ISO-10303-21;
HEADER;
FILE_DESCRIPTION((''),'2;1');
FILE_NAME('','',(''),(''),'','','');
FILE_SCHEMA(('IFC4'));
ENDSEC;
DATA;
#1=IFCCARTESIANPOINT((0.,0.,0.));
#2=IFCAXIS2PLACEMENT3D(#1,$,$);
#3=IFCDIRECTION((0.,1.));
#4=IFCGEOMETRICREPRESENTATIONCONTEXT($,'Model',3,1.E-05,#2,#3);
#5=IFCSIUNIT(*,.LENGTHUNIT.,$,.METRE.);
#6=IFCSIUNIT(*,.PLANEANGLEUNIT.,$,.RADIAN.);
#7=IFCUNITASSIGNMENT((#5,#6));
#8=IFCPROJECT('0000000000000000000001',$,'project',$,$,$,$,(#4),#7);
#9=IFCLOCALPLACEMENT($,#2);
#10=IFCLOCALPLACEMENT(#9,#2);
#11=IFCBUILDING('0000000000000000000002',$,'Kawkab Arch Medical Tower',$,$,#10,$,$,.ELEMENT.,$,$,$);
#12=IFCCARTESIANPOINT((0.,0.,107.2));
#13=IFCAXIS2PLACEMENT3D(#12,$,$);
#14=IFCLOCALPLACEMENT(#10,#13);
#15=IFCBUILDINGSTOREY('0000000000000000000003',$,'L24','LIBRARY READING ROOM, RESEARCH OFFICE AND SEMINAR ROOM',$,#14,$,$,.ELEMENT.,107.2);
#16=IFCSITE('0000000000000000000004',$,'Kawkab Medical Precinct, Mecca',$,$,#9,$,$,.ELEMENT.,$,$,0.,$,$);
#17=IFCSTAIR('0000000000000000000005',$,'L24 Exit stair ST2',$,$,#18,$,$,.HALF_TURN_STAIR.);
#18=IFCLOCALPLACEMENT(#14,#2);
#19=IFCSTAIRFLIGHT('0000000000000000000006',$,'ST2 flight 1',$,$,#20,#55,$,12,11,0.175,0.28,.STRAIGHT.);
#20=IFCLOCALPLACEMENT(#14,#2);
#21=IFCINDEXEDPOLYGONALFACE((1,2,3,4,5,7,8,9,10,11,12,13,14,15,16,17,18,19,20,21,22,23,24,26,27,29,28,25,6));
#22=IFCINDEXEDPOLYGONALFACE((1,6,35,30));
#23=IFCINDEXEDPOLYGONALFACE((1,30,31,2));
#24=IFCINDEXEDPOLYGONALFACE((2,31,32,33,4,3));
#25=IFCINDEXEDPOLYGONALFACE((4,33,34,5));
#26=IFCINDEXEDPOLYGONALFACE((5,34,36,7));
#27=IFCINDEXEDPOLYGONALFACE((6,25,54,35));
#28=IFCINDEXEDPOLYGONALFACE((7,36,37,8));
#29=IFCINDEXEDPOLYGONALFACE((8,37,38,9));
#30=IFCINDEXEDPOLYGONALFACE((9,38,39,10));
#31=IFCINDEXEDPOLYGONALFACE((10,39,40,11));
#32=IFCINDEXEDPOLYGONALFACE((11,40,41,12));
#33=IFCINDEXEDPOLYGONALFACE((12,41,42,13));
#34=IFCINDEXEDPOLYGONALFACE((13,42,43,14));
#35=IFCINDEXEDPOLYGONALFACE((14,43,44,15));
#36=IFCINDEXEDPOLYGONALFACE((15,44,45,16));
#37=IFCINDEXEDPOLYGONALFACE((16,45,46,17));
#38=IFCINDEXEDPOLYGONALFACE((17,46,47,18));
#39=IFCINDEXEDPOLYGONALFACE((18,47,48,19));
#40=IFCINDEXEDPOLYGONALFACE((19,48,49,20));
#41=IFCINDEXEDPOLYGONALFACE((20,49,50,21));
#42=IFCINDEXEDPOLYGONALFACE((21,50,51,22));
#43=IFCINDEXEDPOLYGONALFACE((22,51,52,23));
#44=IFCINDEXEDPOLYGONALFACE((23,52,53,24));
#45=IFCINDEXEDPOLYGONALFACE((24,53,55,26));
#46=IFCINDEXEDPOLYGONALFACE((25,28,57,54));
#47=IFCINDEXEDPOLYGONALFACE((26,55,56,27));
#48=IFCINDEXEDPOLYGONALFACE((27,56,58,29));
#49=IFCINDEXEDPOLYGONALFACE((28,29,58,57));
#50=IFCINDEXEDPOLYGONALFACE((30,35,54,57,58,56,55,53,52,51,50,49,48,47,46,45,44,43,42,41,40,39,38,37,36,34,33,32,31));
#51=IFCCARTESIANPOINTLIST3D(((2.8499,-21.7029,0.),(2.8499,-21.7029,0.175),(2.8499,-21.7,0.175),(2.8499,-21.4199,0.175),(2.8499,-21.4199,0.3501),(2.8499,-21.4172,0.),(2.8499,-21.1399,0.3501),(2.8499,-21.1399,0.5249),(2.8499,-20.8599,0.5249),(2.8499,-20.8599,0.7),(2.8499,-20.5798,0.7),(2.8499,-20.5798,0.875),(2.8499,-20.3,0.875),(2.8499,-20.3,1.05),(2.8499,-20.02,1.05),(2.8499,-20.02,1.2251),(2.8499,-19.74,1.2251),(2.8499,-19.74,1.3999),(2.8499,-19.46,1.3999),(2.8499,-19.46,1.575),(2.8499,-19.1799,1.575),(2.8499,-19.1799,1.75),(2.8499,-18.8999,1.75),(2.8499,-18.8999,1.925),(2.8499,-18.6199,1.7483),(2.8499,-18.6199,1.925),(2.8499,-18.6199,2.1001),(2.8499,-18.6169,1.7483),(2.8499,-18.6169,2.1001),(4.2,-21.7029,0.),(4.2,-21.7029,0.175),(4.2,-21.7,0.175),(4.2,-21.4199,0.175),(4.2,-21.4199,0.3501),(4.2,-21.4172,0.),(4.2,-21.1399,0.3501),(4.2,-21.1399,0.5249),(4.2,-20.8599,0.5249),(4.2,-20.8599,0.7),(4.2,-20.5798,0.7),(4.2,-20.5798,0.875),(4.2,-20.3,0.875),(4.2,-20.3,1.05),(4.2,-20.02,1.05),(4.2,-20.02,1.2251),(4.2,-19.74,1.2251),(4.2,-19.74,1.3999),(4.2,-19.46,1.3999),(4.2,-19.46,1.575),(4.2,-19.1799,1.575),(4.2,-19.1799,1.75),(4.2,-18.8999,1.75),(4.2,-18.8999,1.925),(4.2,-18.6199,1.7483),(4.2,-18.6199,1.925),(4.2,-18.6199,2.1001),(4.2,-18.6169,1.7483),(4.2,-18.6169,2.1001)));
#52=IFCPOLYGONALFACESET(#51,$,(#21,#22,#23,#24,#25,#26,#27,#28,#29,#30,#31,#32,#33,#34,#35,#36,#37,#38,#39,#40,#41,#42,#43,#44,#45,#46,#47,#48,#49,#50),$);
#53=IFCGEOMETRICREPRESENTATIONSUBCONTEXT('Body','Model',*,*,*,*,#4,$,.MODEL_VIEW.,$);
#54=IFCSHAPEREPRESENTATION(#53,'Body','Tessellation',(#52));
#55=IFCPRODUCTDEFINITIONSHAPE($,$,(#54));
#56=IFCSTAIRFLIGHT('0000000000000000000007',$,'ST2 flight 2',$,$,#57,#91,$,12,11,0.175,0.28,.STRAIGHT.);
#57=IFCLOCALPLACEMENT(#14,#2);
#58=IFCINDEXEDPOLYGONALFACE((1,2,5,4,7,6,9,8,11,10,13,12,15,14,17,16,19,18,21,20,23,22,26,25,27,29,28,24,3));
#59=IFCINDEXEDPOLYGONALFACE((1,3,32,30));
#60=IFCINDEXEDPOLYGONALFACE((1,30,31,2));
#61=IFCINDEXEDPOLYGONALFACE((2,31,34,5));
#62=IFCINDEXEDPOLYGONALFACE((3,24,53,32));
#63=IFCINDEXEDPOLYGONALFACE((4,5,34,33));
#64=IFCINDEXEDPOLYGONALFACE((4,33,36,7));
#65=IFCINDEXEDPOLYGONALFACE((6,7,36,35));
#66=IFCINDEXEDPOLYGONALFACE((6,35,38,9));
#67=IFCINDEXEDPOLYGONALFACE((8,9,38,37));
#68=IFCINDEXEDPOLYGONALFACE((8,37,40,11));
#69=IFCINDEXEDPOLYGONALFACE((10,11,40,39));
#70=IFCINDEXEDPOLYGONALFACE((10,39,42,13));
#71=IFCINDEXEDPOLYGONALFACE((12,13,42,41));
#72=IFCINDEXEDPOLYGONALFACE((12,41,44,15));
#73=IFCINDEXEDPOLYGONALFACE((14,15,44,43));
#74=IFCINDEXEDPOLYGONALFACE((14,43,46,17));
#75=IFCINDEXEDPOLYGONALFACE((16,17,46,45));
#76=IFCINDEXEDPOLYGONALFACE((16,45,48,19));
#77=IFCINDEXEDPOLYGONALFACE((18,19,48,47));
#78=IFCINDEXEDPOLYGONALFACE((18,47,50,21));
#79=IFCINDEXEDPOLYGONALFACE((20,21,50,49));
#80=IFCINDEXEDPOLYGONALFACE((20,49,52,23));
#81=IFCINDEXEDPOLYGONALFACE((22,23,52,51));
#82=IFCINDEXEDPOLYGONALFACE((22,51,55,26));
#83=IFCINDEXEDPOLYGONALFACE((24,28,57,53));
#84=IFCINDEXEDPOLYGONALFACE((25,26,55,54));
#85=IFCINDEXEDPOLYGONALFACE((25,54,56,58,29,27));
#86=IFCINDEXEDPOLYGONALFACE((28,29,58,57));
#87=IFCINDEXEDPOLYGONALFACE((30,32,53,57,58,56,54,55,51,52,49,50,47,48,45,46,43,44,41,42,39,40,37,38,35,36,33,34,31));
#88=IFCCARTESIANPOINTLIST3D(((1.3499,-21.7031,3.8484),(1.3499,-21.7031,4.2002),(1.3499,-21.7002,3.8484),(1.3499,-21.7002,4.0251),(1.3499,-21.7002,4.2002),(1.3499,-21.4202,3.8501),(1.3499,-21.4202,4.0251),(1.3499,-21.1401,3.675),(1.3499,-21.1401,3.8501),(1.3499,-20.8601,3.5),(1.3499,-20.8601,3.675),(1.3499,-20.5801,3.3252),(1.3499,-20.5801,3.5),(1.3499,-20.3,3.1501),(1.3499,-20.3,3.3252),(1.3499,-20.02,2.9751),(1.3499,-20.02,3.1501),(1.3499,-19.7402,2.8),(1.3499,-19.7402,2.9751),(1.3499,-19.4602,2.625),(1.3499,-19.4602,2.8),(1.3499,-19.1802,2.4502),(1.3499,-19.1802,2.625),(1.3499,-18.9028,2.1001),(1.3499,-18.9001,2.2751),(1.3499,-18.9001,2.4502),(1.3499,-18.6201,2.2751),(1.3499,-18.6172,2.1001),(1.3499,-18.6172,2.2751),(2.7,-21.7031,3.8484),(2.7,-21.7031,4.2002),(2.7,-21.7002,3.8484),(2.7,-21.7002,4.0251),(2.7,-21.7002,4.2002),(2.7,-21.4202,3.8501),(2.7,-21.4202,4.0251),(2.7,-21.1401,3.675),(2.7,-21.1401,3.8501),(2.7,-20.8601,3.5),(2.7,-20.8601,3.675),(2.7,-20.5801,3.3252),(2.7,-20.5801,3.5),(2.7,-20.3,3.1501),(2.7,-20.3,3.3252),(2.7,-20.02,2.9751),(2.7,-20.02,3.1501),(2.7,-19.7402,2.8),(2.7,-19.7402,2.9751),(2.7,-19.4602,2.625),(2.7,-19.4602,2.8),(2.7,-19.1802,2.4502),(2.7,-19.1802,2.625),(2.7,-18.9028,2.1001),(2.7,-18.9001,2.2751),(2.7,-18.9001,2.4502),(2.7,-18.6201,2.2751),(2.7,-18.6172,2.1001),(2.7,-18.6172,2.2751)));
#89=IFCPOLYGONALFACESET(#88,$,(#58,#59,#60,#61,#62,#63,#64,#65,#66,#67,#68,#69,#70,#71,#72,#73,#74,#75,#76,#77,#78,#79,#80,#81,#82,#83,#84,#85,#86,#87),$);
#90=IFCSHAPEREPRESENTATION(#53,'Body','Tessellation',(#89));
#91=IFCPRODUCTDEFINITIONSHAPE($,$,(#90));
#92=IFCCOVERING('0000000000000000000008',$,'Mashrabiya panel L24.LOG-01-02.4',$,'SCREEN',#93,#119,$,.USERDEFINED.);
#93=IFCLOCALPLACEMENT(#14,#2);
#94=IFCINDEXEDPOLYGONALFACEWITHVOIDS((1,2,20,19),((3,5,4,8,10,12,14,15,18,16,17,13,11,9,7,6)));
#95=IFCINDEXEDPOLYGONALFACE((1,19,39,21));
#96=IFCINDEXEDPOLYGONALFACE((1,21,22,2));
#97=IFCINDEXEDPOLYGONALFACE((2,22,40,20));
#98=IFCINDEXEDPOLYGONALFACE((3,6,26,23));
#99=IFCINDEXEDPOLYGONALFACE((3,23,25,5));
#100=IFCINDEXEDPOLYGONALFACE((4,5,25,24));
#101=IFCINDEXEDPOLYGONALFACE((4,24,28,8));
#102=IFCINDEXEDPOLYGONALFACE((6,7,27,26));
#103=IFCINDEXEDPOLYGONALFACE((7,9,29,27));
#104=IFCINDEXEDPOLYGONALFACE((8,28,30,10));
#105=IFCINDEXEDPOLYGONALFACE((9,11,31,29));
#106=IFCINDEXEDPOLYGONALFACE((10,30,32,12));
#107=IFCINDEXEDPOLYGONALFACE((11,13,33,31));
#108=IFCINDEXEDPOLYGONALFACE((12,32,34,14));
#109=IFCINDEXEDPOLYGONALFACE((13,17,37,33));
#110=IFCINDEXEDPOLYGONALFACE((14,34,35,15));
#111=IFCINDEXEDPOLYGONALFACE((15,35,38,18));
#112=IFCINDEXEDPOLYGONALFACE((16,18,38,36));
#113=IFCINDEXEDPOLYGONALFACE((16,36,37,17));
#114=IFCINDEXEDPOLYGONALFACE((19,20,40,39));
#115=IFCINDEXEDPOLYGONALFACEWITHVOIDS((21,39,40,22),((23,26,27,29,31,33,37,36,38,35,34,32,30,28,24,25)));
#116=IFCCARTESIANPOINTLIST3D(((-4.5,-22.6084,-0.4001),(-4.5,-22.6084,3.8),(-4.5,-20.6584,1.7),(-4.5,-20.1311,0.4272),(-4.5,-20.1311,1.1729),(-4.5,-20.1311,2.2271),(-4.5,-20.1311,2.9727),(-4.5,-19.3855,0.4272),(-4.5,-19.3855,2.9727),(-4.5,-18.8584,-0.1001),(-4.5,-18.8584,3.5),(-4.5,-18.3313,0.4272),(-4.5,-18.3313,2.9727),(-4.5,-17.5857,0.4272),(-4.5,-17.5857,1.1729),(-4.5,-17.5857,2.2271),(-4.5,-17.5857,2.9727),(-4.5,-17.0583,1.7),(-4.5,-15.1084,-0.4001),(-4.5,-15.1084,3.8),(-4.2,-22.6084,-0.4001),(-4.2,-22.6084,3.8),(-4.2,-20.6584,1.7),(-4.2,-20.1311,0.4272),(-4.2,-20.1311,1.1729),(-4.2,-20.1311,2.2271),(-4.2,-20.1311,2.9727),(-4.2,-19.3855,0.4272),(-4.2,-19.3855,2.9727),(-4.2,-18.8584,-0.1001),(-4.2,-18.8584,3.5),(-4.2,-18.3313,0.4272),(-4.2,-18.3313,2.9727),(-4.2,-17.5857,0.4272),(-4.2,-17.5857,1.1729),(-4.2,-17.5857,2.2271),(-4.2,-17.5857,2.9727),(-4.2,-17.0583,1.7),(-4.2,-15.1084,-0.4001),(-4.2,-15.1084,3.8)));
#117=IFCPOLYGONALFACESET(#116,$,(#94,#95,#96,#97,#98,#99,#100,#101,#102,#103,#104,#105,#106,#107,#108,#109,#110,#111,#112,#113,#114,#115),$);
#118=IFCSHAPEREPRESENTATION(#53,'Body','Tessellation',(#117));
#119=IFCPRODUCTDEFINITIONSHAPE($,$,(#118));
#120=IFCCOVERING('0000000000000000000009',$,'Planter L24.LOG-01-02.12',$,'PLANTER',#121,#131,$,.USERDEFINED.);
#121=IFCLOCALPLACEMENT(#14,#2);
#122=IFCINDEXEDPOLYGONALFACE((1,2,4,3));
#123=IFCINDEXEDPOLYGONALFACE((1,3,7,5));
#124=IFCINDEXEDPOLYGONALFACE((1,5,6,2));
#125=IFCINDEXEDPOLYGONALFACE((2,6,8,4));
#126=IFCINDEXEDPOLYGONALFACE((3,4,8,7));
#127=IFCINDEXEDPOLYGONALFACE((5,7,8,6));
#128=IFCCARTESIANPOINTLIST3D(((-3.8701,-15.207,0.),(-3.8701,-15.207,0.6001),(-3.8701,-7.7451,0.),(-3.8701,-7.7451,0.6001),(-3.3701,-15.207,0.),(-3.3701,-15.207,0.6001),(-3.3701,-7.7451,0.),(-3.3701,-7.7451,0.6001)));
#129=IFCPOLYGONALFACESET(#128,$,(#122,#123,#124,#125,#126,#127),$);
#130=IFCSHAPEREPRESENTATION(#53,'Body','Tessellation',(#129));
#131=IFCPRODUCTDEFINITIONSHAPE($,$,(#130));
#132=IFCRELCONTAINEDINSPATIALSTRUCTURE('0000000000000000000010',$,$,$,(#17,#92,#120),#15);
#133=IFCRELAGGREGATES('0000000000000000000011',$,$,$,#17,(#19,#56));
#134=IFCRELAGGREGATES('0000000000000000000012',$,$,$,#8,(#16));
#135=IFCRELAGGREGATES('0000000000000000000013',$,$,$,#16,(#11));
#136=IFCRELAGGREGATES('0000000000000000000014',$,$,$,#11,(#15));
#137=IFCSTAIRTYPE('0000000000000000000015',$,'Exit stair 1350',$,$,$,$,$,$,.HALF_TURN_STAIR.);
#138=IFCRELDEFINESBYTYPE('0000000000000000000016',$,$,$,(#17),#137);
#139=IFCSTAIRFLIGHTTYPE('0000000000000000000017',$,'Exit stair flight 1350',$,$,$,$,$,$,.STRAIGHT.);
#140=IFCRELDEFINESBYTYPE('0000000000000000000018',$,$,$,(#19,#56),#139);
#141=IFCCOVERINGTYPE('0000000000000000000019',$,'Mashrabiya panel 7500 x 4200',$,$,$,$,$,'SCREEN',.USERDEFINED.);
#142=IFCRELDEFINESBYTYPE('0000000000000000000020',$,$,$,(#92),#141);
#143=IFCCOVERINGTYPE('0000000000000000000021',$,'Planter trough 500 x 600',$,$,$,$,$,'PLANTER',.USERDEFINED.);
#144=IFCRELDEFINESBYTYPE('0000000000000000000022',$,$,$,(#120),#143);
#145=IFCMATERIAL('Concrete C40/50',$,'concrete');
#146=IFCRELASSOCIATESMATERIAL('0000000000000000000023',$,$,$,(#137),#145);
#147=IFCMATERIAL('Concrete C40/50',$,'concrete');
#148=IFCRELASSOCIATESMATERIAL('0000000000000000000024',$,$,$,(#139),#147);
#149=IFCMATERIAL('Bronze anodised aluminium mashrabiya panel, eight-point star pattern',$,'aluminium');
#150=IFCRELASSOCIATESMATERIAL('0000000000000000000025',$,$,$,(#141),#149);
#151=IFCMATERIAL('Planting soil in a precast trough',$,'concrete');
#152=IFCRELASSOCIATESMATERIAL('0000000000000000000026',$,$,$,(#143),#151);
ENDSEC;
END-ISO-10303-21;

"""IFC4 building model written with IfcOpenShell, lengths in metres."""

from ifc_helpers import new_model, si_unit, direction, frame, origin, origin_2d, place, context, subcontext, project, spatial, polyline, rectangle, outline, extrude, material, material_profile, profile_set, type_object, element, aggregate, save


model = new_model("IFC4")

# Units and contexts
model_context = context("Model", 3, precision=1e-05, world=origin(), true_north=direction((0.0, 1.0)))
body_context = subcontext(model_context, "Body", "Model", "MODEL_VIEW")
ifc_project = project(units=[si_unit("LENGTHUNIT", "METRE"), si_unit("PLANEANGLEUNIT", "RADIAN")], contexts=[model_context])

# Site, building, storey
site_placement = place(None, origin())
site = spatial("IfcSite", under=ifc_project, at=site_placement, Name="Kawkab Medical Precinct, Mecca", CompositionType="ELEMENT", RefElevation=0.0)
building_placement = place(site_placement, origin())
building = spatial("IfcBuilding", under=site, at=building_placement, Name="Kawkab Arch Medical Tower", CompositionType="ELEMENT")
storey_placement = place(building_placement, frame((0.0, 0.0, 107.2)))
storey = spatial("IfcBuildingStorey", under=building, at=storey_placement, Name="L24", Description="LIBRARY READING ROOM, RESEARCH OFFICE AND SEMINAR ROOM", CompositionType="ELEMENT", Elevation=107.2)

# Shared definitions
placement = place(storey_placement, origin())

# Stair, stair flights
ifc_material_1 = material(Name="Concrete C40/50", Category="concrete")
stair_type = type_object("IfcStairType", Name="Exit stair 1350", PredefinedType="HALF_TURN_STAIR", material=ifc_material_1)
stair = element("IfcStair", 1, at=placement, inside=storey, type_object=stair_type, Name="L24 Exit stair ST2", PredefinedType="HALF_TURN_STAIR")
ifc_material_2 = material(Name="Concrete C40/50", Category="concrete")
stair_flight_type = type_object("IfcStairFlightType", Name="Exit stair flight 1350", PredefinedType="STRAIGHT", material=ifc_material_2)
stair_flight_1_placement = place(storey_placement, frame((3.5249, -21.7, 0.0), z_axis=(0.0, 0.0, 1.0), x_axis=(0.0, 1.0, 0.0)))
stair_flight_1 = element("IfcStairFlight", 2, at=stair_flight_1_placement, type_object=stair_flight_type, Name="ST2 flight 1", NumberOfRisers=12, NumberOfTreads=11, PredefinedType="STRAIGHT", RiserHeight=0.175, TreadLength=0.28, context=body_context, shape_type="SweptSolid", body=[
    extrude(outline(polyline([(-0.0029, 0.0), (-0.0029, 0.175), (0.0, 0.175), (0.28, 0.175), (0.28, 0.3501), (0.5601, 0.3501), (0.5601, 0.5249), (0.8401, 0.5249), (0.8401, 0.7), (1.1201, 0.7), (1.1201, 0.875), (1.3999, 0.875), (1.3999, 1.05), (1.6799, 1.05), (1.6799, 1.2251), (1.96, 1.2251), (1.96, 1.3999), (2.24, 1.3999), (2.24, 1.575), (2.52, 1.575), (2.52, 1.75), (2.8, 1.75), (2.8, 1.925), (3.0801, 1.925), (3.0801, 2.1001), (3.083, 2.1001), (3.083, 1.7483), (3.0801, 1.7483), (0.2827, 0.0), (-0.0029, 0.0)])), frame((0.0, 0.675, 0.0), z_axis=(0.0, -1.0, 0.0), x_axis=(1.0, 0.0, 0.0)), (0.0, 0.0, 1.0), 1.3501),
])
stair_flight_2_placement = place(storey_placement, frame((2.0249, -18.6201, 2.1001), z_axis=(0.0, 0.0, 1.0), x_axis=(0.0, -1.0, 0.0)))
stair_flight_2 = element("IfcStairFlight", 3, at=stair_flight_2_placement, type_object=stair_flight_type, Name="ST2 flight 2", NumberOfRisers=12, NumberOfTreads=11, PredefinedType="STRAIGHT", RiserHeight=0.175, TreadLength=0.28, context=body_context, shape_type="SweptSolid", body=[
    extrude(outline(polyline([(-0.0029, 0.0), (-0.0029, 0.175), (0.0, 0.175), (0.28, 0.175), (0.28, 0.3501), (0.5601, 0.3501), (0.5601, 0.5249), (0.8401, 0.5249), (0.8401, 0.7), (1.1201, 0.7), (1.1201, 0.875), (1.3999, 0.875), (1.3999, 1.05), (1.6799, 1.05), (1.6799, 1.2251), (1.96, 1.2251), (1.96, 1.3999), (2.24, 1.3999), (2.24, 1.575), (2.52, 1.575), (2.52, 1.75), (2.8, 1.75), (2.8, 1.925), (3.0801, 1.925), (3.0801, 2.1001), (3.083, 2.1001), (3.083, 1.7483), (3.0801, 1.7483), (0.2827, 0.0), (-0.0029, 0.0)])), frame((0.0, 0.675, 0.0), z_axis=(0.0, -1.0, 0.0), x_axis=(1.0, 0.0, 0.0)), (0.0, 0.0, 1.0), 1.3501),
])
aggregate(stair, [stair_flight_1, stair_flight_2])

# Coverings
ifc_material_3 = material(Name="Bronze anodised aluminium mashrabiya panel, eight-point star pattern", Category="aluminium")
ifc_material_profile_1 = material_profile(ifc_material_3, outline(polyline([(-3.75, -2.1001), (3.75, -2.1001), (3.75, 2.1001), (-3.75, 2.1001), (-3.75, -2.1001)]), holes=[polyline([(1.8, 0.0), (1.2727, 0.5271), (1.2727, 1.2727), (0.5271, 1.2727), (0.0, 1.8), (-0.5271, 1.2727), (-1.2727, 1.2727), (-1.2727, 0.5271), (-1.8, 0.0), (-1.2727, -0.5271), (-1.2727, -1.2727), (-0.5271, -1.2727), (0.0, -1.8), (0.5271, -1.2727), (1.2727, -1.2727), (1.2727, -0.5271), (1.8, 0.0)])]), Name="Mashrabiya panel 7500x4200")
ifc_profile_set_1 = profile_set([ifc_material_profile_1], Name="Bronze anodised aluminium mashrabiya panel, eight-point star pattern")
covering_type_1 = type_object("IfcCoveringType", Name="Mashrabiya panel 7500 x 4200", ElementType="SCREEN", PredefinedType="USERDEFINED", material=ifc_profile_set_1)
covering_1_placement = place(storey_placement, frame((-4.2, -18.8584, 1.7), z_axis=(-1.0, 0.0, 0.0), x_axis=(0.0, -1.0, 0.0)))
element("IfcCovering", 4, at=covering_1_placement, inside=storey, type_object=covering_type_1, Name="Mashrabiya panel L24.LOG-01-02.4", ObjectType="SCREEN", PredefinedType="USERDEFINED", context=body_context, shape_type="SweptSolid", body=[
    extrude(outline(polyline([(-3.75, -2.1001), (3.75, -2.1001), (3.75, 2.1001), (-3.75, 2.1001), (-3.75, -2.1001)]), holes=[polyline([(1.8, 0.0), (1.2727, 0.5271), (1.2727, 1.2727), (0.5271, 1.2727), (0.0, 1.8), (-0.5271, 1.2727), (-1.2727, 1.2727), (-1.2727, 0.5271), (-1.8, 0.0), (-1.2727, -0.5271), (-1.2727, -1.2727), (-0.5271, -1.2727), (0.0, -1.8), (0.5271, -1.2727), (1.2727, -1.2727), (1.2727, -0.5271), (1.8, 0.0)])]), origin(), (0.0, 0.0, 1.0), 0.3),
])
ifc_material_4 = material(Name="Planting soil in a precast trough", Category="concrete")
ifc_material_profile_2 = material_profile(ifc_material_4, rectangle(XDim=0.5, YDim=0.6001, at=origin_2d()), Name="Trough 500x600")
ifc_profile_set_2 = profile_set([ifc_material_profile_2], Name="Planting soil in a precast trough")
covering_type_2 = type_object("IfcCoveringType", Name="Planter trough 500 x 600", ElementType="PLANTER", PredefinedType="USERDEFINED", material=ifc_profile_set_2)
covering_2_placement = place(storey_placement, frame((-3.6201, -15.207, 0.3), z_axis=(0.0, 1.0, 0.0), x_axis=(-1.0, 0.0, 0.0)))
element("IfcCovering", 5, at=covering_2_placement, inside=storey, type_object=covering_type_2, Name="Planter L24.LOG-01-02.12", ObjectType="PLANTER", PredefinedType="USERDEFINED", context=body_context, shape_type="SweptSolid", body=[
    extrude(rectangle(XDim=0.5, YDim=0.6001, at=origin_2d()), origin(), (0.0, 0.0, 1.0), 7.4619),
])

save(model, "model.ifc")
